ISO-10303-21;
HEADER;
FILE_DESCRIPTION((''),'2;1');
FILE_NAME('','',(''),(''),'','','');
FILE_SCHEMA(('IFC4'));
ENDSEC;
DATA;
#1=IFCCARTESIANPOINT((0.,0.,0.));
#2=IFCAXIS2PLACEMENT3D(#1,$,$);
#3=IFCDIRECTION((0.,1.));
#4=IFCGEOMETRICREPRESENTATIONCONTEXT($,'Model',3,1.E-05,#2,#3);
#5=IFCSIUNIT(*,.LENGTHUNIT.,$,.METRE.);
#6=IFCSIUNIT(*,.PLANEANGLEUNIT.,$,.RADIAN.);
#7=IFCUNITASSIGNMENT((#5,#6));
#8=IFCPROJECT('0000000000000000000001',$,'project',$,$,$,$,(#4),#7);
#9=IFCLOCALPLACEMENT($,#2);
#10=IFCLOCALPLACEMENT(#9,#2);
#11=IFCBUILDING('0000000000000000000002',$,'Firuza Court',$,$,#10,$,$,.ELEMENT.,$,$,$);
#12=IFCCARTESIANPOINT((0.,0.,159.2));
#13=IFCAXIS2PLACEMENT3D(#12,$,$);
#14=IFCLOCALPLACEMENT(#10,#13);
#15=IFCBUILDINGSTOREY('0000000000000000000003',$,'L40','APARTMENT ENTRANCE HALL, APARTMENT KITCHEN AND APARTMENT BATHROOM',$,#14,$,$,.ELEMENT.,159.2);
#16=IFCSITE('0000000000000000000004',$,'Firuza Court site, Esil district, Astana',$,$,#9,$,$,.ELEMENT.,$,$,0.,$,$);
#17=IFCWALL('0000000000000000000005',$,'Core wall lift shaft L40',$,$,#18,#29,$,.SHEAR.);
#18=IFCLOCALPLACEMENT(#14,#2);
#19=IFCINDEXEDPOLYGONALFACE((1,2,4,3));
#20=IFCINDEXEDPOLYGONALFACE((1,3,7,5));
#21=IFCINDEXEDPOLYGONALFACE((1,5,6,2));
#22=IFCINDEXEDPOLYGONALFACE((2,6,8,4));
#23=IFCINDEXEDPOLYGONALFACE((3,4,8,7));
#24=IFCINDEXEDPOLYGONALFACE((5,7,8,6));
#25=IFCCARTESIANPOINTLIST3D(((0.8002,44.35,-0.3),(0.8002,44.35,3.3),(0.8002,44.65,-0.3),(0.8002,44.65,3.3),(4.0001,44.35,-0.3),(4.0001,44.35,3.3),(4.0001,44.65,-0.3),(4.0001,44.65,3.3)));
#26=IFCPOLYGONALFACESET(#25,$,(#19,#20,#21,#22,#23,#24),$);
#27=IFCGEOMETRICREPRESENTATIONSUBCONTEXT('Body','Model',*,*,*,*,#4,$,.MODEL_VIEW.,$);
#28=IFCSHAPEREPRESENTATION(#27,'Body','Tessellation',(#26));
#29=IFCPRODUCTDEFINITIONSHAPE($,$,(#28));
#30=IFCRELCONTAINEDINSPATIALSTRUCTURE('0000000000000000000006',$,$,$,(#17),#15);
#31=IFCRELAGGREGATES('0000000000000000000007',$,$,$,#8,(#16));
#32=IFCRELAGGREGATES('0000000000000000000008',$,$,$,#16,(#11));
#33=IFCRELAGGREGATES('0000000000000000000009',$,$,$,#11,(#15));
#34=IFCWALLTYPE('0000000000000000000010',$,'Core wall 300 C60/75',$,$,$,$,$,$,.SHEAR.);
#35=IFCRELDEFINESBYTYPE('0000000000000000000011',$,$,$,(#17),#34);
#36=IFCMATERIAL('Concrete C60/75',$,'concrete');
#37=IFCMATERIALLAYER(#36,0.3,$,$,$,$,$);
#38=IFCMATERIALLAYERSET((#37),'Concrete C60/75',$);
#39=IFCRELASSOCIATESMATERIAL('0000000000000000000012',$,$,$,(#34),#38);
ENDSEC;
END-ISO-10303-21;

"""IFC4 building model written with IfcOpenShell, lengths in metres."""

from ifc_helpers import new_model, si_unit, direction, frame, frame_2d, origin, place, context, subcontext, project, spatial, rectangle, extrude, material, layer, layer_set, type_object, element, save


model = new_model("IFC4")

# Units and contexts
model_context = context("Model", 3, precision=1e-05, world=origin(), true_north=direction((0.0, 1.0)))
body_context = subcontext(model_context, "Body", "Model", "MODEL_VIEW")
ifc_project = project(units=[si_unit("LENGTHUNIT", "METRE"), si_unit("PLANEANGLEUNIT", "RADIAN")], contexts=[model_context])

# Site, building, storey
site_placement = place(None, origin())
site = spatial("IfcSite", under=ifc_project, at=site_placement, Name="Firuza Court site, Esil district, Astana", CompositionType="ELEMENT", RefElevation=0.0)
building_placement = place(site_placement, origin())
building = spatial("IfcBuilding", under=site, at=building_placement, Name="Firuza Court", CompositionType="ELEMENT")
storey_placement = place(building_placement, frame((0.0, 0.0, 159.2)))
storey = spatial("IfcBuildingStorey", under=building, at=storey_placement, Name="L40", Description="APARTMENT ENTRANCE HALL, APARTMENT KITCHEN AND APARTMENT BATHROOM", CompositionType="ELEMENT", Elevation=159.2)

# Wall
ifc_material_1 = material(Name="Concrete C60/75", Category="concrete")
ifc_layer = layer(ifc_material_1, 0.3)
ifc_layer_set = layer_set([ifc_layer], Name="Concrete C60/75")
wall_type = type_object("IfcWallType", Name="Core wall 300 C60/75", PredefinedType="SHEAR", material=ifc_layer_set)
for number, where, z_axis, x_axis, name in (
    (1, (0.8, 44.5, -0.3), (0.0, 0.0, 1.0), (1.0, 0.0, 0.0), "Core wall lift shaft L40"),
):
    element("IfcWall", number, at=place(storey_placement, frame(where, z_axis=z_axis, x_axis=x_axis)), inside=storey, type_object=wall_type, Name=name, PredefinedType="SHEAR", context=body_context, shape_type="SweptSolid", body=[
        extrude(rectangle(XDim=3.2, YDim=0.3, at=frame_2d((1.6001, 0.0))), origin(), (0.0, 0.0, 1.0), 3.6001),
    ])

save(model, "model.ifc")
